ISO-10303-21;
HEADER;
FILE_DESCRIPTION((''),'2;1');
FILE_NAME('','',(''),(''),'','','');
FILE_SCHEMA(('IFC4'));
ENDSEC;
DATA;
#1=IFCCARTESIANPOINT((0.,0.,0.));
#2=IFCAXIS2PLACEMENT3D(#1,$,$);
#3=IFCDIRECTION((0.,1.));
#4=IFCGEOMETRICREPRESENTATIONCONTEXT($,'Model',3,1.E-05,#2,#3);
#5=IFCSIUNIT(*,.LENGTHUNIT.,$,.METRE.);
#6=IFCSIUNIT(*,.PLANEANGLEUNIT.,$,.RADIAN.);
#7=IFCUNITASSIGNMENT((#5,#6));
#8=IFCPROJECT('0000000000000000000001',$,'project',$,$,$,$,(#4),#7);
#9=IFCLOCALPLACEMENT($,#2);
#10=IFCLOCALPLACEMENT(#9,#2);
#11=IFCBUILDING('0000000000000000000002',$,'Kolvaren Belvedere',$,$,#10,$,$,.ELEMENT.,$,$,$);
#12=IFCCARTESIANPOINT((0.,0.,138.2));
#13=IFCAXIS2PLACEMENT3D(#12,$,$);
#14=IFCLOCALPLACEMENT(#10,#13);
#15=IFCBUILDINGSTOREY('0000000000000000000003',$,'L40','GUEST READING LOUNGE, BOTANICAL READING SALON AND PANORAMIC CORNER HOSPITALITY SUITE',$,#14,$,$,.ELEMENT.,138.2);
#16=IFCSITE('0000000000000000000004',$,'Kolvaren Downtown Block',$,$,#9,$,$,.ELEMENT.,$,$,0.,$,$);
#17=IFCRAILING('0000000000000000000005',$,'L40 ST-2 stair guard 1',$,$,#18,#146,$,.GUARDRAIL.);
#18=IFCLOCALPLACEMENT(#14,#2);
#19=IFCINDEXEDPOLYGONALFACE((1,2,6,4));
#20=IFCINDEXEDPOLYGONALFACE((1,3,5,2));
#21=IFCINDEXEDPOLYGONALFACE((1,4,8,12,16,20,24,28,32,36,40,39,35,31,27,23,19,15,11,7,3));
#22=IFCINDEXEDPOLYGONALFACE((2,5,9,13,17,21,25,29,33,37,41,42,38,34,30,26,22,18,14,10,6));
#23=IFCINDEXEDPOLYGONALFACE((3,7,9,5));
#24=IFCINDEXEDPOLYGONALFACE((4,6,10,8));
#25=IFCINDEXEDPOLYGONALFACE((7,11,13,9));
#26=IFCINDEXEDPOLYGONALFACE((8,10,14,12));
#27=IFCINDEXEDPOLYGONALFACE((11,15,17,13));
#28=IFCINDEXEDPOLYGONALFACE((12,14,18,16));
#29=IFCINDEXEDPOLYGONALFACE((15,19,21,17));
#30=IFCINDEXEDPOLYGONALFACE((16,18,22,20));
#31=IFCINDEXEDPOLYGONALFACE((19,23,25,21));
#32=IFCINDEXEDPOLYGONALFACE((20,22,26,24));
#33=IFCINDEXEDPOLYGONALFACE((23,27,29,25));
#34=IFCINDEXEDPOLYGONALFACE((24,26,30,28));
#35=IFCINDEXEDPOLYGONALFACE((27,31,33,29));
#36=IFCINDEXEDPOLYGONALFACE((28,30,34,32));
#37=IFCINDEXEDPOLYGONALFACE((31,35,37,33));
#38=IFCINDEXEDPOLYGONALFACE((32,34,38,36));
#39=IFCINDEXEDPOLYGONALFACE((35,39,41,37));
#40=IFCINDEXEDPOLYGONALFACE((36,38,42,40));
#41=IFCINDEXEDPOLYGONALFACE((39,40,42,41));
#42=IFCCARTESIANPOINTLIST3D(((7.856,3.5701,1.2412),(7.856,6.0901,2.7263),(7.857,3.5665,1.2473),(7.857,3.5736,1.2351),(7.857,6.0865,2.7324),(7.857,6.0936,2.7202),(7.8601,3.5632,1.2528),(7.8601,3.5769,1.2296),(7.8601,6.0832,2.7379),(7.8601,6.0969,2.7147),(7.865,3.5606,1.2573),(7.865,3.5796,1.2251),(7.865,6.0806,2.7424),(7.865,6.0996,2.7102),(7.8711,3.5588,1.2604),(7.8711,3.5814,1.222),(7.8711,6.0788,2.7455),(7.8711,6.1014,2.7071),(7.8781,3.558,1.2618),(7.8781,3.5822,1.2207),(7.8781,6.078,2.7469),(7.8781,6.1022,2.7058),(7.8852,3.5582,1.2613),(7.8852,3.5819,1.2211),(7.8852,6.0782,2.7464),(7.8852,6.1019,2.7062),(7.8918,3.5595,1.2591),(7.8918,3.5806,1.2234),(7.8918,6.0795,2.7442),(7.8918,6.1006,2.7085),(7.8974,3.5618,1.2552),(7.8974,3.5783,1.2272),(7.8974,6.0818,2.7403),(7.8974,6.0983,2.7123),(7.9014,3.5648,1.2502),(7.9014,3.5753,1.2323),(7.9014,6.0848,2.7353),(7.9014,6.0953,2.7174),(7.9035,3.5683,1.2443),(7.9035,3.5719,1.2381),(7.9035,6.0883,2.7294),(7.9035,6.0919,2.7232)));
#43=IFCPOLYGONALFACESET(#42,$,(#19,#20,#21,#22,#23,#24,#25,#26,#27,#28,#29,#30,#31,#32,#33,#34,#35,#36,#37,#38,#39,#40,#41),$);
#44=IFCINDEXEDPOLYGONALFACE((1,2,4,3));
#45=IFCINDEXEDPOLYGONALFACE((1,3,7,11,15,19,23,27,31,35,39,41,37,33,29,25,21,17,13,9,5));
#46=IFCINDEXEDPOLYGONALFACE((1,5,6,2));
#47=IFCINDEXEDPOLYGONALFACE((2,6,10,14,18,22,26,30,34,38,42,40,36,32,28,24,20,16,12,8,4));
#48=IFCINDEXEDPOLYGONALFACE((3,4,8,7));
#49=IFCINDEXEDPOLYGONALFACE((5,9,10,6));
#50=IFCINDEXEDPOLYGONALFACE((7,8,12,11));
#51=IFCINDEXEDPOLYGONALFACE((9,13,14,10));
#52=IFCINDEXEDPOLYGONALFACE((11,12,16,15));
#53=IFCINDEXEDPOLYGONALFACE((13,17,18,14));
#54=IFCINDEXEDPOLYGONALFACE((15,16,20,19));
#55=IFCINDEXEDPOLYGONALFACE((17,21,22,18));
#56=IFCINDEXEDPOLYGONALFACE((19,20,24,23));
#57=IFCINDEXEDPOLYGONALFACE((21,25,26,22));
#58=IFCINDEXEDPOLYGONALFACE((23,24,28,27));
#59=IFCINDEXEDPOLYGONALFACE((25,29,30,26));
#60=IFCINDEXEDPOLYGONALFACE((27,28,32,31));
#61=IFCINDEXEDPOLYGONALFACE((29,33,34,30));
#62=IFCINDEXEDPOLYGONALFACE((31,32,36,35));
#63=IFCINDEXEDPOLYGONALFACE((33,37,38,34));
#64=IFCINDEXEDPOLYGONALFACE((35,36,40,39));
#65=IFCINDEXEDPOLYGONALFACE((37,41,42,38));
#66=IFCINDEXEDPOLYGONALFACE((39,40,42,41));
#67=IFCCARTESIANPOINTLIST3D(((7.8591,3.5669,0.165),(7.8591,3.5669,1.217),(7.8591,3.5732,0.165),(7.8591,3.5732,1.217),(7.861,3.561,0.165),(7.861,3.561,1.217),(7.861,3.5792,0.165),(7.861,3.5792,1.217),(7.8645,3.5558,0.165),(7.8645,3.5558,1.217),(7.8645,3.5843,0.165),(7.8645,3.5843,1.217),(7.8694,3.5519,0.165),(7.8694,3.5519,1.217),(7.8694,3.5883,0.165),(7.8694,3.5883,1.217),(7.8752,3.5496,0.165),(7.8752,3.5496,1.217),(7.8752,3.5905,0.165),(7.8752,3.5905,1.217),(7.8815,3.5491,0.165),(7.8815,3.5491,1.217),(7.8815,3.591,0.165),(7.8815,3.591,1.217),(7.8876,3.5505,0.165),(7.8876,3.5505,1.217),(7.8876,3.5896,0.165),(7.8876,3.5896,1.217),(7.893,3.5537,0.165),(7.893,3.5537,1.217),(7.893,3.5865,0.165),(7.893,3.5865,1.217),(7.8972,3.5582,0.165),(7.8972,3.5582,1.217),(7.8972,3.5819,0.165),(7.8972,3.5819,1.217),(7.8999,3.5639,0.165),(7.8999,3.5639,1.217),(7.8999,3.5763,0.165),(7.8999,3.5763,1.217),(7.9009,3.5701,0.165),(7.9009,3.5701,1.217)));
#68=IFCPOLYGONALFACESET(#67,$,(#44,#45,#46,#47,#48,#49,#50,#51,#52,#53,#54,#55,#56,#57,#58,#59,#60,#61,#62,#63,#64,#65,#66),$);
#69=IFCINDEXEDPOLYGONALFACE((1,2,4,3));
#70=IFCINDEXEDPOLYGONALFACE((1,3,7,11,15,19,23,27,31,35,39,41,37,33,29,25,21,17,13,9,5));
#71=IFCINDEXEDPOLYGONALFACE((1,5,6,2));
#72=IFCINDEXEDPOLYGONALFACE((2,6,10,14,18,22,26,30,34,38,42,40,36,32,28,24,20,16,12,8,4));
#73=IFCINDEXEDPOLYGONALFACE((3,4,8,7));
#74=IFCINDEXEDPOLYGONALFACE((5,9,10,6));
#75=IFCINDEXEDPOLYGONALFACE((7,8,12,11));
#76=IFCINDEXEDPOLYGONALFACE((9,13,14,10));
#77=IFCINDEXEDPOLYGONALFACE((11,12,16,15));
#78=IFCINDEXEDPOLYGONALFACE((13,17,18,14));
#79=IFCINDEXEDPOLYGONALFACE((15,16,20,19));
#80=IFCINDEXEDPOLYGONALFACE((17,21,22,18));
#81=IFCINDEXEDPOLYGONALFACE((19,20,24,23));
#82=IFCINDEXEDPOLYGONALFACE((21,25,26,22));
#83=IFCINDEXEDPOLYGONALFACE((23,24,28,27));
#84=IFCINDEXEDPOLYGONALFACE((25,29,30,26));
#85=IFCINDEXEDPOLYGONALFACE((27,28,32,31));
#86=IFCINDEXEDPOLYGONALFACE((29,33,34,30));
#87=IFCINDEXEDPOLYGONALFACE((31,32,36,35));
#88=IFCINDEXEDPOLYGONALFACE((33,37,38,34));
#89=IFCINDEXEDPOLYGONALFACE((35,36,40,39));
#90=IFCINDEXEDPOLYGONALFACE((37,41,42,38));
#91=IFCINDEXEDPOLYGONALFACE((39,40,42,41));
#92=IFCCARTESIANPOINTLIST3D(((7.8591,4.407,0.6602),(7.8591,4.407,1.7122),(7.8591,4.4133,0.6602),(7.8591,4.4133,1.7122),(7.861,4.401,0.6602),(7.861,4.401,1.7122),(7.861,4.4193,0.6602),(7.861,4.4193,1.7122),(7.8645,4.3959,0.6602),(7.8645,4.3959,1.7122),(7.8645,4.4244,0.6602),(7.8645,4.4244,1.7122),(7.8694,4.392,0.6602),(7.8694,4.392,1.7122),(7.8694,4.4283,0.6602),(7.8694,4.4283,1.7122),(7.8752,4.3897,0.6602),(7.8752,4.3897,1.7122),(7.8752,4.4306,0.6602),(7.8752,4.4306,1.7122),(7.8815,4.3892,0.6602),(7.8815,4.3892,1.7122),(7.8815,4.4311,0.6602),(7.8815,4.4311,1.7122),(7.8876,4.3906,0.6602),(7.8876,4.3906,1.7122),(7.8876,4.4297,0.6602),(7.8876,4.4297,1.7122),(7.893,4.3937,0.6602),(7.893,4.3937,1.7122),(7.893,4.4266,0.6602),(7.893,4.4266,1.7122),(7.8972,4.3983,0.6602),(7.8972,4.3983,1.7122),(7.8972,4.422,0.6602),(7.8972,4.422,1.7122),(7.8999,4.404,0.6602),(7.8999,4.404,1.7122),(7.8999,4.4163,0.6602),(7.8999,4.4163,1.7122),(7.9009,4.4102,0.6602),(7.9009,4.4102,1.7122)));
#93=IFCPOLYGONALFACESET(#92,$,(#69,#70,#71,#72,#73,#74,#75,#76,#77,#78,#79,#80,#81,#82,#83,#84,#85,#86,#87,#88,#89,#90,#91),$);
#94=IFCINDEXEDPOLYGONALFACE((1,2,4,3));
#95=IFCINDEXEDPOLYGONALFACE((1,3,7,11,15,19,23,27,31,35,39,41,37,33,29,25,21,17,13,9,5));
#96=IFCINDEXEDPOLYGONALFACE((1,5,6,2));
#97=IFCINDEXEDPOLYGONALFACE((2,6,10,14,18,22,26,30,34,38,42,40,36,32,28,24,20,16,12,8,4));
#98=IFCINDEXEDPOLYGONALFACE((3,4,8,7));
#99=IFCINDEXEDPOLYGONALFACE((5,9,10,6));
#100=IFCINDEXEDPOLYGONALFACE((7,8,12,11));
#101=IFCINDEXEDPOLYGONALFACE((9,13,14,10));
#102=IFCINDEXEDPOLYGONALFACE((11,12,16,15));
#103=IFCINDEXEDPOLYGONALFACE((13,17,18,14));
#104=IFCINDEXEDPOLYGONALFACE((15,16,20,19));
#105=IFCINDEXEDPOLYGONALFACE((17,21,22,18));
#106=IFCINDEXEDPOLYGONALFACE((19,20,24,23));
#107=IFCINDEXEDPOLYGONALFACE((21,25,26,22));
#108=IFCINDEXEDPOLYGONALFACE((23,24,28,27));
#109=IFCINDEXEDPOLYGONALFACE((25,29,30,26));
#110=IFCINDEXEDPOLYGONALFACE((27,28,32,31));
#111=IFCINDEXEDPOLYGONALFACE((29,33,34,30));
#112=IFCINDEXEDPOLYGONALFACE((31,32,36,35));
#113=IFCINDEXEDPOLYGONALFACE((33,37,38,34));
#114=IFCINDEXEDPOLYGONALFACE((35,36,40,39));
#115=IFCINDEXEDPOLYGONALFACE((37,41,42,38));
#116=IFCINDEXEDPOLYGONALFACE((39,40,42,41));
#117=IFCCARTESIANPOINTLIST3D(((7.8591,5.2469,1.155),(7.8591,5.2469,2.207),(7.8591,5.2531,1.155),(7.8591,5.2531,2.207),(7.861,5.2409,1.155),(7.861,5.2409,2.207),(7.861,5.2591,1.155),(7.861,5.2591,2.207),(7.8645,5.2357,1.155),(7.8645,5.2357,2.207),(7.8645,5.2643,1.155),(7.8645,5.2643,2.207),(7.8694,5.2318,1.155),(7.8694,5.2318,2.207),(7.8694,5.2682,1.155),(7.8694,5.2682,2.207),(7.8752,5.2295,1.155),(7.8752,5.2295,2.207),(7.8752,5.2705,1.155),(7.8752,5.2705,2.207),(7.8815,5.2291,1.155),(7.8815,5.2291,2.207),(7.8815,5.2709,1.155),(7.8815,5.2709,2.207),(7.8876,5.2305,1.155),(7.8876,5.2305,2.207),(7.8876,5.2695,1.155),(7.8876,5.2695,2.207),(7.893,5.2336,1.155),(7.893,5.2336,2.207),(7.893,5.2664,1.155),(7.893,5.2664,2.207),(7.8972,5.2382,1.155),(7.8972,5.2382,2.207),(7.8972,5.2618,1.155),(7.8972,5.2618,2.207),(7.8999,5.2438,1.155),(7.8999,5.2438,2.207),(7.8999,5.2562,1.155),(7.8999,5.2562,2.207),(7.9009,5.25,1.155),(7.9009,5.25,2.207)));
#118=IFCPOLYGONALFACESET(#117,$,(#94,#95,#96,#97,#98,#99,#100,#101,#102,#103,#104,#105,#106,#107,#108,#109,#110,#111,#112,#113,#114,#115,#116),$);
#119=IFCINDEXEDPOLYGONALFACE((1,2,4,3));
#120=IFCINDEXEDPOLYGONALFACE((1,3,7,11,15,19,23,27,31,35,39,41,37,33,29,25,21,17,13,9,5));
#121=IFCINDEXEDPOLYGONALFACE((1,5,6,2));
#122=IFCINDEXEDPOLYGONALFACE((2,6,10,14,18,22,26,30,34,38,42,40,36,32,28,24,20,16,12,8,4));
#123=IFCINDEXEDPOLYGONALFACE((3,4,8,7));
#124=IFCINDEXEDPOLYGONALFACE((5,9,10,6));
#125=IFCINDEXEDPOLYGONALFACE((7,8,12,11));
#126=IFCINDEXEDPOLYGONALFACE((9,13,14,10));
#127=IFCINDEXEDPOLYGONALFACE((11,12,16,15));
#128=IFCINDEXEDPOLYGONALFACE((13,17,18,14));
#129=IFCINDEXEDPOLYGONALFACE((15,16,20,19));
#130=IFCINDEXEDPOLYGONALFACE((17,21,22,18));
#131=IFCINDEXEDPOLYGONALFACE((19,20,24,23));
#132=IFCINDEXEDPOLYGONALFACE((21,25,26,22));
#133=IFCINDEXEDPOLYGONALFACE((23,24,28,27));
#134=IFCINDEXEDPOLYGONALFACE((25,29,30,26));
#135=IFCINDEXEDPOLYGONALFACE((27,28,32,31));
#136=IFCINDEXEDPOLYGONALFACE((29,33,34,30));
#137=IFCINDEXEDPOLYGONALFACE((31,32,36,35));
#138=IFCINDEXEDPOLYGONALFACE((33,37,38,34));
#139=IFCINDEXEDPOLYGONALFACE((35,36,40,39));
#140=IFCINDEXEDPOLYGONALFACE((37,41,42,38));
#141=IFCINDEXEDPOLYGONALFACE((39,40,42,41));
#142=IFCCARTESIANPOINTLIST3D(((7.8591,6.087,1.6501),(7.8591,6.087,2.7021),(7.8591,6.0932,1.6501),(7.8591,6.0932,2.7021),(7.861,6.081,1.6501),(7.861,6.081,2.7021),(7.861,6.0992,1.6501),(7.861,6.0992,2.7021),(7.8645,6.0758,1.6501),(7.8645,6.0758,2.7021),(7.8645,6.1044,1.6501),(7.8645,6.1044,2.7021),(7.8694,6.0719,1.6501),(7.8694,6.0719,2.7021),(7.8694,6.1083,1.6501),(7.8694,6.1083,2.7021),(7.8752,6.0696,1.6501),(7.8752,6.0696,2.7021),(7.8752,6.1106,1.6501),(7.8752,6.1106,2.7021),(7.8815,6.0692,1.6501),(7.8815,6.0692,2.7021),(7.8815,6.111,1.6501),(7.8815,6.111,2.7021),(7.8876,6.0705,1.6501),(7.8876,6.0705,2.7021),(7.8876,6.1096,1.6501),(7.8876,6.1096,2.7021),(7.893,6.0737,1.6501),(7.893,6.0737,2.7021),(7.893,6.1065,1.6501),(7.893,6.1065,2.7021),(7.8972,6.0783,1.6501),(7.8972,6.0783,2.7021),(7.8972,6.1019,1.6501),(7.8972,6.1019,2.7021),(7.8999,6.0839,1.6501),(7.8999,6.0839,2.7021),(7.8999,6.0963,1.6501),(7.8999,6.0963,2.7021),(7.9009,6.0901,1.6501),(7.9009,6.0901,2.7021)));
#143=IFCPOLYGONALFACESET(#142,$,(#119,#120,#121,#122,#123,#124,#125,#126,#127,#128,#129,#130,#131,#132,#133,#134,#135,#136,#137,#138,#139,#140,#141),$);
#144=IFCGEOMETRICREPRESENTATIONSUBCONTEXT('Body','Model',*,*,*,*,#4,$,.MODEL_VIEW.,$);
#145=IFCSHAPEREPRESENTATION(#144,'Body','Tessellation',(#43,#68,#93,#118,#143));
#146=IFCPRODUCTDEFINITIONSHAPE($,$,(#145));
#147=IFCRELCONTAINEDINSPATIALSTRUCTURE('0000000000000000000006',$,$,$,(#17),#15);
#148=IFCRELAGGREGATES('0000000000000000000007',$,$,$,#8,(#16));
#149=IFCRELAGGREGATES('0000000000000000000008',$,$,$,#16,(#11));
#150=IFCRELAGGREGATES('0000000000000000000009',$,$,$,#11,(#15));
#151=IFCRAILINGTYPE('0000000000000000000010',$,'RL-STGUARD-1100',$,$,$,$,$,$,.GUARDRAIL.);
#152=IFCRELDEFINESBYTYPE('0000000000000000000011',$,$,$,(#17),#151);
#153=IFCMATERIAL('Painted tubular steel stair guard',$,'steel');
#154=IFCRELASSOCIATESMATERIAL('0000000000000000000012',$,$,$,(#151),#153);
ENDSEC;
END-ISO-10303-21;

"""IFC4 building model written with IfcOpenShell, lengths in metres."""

from ifc_helpers import new_model, si_unit, direction, frame, origin, origin_2d, place, context, subcontext, project, spatial, circle, extrude, material, type_object, element, save


model = new_model("IFC4")

# Units and contexts
model_context = context("Model", 3, precision=1e-05, world=origin(), true_north=direction((0.0, 1.0)))
body_context = subcontext(model_context, "Body", "Model", "MODEL_VIEW")
ifc_project = project(units=[si_unit("LENGTHUNIT", "METRE"), si_unit("PLANEANGLEUNIT", "RADIAN")], contexts=[model_context])

# Site, building, storey
site_placement = place(None, origin())
site = spatial("IfcSite", under=ifc_project, at=site_placement, Name="Kolvaren Downtown Block", CompositionType="ELEMENT", RefElevation=0.0)
building_placement = place(site_placement, origin())
building = spatial("IfcBuilding", under=site, at=building_placement, Name="Kolvaren Belvedere", CompositionType="ELEMENT")
storey_placement = place(building_placement, frame((0.0, 0.0, 138.2)))
storey = spatial("IfcBuildingStorey", under=building, at=storey_placement, Name="L40", Description="GUEST READING LOUNGE, BOTANICAL READING SALON AND PANORAMIC CORNER HOSPITALITY SUITE", CompositionType="ELEMENT", Elevation=138.2)

# Railing
ifc_material_1 = material(Name="Painted tubular steel stair guard", Category="steel")
railing_type_1 = type_object("IfcRailingType", Name="RL-STGUARD-1100", PredefinedType="GUARDRAIL", material=ifc_material_1)
railing_1_placement = place(storey_placement, frame((7.8799, 3.5701, 0.165)))
element("IfcRailing", 1, at=railing_1_placement, inside=storey, type_object=railing_type_1, Name="L40 ST-2 stair guard 1", PredefinedType="GUARDRAIL", context=body_context, shape_type="SweptSolid", body=[
    extrude(circle(Radius=0.0239, at=origin_2d()), frame((0.0, 0.0, 1.0762), z_axis=(0.0, 0.861524, 0.507717), x_axis=(-1.0, 0.0, 0.0)), (0.0, 0.0, 1.0), 2.925),
    extrude(circle(Radius=0.021, at=origin_2d()), origin(), (0.0, 0.0, 1.0), 1.052),
    extrude(circle(Radius=0.021, at=origin_2d()), frame((0.0, 0.8401, 0.4951)), (0.0, 0.0, 1.0), 1.052),
    extrude(circle(Radius=0.021, at=origin_2d()), frame((0.0, 1.6799, 0.99)), (0.0, 0.0, 1.0), 1.052),
    extrude(circle(Radius=0.021, at=origin_2d()), frame((0.0, 2.52, 1.4851)), (0.0, 0.0, 1.0), 1.052),
])

save(model, "model.ifc")
